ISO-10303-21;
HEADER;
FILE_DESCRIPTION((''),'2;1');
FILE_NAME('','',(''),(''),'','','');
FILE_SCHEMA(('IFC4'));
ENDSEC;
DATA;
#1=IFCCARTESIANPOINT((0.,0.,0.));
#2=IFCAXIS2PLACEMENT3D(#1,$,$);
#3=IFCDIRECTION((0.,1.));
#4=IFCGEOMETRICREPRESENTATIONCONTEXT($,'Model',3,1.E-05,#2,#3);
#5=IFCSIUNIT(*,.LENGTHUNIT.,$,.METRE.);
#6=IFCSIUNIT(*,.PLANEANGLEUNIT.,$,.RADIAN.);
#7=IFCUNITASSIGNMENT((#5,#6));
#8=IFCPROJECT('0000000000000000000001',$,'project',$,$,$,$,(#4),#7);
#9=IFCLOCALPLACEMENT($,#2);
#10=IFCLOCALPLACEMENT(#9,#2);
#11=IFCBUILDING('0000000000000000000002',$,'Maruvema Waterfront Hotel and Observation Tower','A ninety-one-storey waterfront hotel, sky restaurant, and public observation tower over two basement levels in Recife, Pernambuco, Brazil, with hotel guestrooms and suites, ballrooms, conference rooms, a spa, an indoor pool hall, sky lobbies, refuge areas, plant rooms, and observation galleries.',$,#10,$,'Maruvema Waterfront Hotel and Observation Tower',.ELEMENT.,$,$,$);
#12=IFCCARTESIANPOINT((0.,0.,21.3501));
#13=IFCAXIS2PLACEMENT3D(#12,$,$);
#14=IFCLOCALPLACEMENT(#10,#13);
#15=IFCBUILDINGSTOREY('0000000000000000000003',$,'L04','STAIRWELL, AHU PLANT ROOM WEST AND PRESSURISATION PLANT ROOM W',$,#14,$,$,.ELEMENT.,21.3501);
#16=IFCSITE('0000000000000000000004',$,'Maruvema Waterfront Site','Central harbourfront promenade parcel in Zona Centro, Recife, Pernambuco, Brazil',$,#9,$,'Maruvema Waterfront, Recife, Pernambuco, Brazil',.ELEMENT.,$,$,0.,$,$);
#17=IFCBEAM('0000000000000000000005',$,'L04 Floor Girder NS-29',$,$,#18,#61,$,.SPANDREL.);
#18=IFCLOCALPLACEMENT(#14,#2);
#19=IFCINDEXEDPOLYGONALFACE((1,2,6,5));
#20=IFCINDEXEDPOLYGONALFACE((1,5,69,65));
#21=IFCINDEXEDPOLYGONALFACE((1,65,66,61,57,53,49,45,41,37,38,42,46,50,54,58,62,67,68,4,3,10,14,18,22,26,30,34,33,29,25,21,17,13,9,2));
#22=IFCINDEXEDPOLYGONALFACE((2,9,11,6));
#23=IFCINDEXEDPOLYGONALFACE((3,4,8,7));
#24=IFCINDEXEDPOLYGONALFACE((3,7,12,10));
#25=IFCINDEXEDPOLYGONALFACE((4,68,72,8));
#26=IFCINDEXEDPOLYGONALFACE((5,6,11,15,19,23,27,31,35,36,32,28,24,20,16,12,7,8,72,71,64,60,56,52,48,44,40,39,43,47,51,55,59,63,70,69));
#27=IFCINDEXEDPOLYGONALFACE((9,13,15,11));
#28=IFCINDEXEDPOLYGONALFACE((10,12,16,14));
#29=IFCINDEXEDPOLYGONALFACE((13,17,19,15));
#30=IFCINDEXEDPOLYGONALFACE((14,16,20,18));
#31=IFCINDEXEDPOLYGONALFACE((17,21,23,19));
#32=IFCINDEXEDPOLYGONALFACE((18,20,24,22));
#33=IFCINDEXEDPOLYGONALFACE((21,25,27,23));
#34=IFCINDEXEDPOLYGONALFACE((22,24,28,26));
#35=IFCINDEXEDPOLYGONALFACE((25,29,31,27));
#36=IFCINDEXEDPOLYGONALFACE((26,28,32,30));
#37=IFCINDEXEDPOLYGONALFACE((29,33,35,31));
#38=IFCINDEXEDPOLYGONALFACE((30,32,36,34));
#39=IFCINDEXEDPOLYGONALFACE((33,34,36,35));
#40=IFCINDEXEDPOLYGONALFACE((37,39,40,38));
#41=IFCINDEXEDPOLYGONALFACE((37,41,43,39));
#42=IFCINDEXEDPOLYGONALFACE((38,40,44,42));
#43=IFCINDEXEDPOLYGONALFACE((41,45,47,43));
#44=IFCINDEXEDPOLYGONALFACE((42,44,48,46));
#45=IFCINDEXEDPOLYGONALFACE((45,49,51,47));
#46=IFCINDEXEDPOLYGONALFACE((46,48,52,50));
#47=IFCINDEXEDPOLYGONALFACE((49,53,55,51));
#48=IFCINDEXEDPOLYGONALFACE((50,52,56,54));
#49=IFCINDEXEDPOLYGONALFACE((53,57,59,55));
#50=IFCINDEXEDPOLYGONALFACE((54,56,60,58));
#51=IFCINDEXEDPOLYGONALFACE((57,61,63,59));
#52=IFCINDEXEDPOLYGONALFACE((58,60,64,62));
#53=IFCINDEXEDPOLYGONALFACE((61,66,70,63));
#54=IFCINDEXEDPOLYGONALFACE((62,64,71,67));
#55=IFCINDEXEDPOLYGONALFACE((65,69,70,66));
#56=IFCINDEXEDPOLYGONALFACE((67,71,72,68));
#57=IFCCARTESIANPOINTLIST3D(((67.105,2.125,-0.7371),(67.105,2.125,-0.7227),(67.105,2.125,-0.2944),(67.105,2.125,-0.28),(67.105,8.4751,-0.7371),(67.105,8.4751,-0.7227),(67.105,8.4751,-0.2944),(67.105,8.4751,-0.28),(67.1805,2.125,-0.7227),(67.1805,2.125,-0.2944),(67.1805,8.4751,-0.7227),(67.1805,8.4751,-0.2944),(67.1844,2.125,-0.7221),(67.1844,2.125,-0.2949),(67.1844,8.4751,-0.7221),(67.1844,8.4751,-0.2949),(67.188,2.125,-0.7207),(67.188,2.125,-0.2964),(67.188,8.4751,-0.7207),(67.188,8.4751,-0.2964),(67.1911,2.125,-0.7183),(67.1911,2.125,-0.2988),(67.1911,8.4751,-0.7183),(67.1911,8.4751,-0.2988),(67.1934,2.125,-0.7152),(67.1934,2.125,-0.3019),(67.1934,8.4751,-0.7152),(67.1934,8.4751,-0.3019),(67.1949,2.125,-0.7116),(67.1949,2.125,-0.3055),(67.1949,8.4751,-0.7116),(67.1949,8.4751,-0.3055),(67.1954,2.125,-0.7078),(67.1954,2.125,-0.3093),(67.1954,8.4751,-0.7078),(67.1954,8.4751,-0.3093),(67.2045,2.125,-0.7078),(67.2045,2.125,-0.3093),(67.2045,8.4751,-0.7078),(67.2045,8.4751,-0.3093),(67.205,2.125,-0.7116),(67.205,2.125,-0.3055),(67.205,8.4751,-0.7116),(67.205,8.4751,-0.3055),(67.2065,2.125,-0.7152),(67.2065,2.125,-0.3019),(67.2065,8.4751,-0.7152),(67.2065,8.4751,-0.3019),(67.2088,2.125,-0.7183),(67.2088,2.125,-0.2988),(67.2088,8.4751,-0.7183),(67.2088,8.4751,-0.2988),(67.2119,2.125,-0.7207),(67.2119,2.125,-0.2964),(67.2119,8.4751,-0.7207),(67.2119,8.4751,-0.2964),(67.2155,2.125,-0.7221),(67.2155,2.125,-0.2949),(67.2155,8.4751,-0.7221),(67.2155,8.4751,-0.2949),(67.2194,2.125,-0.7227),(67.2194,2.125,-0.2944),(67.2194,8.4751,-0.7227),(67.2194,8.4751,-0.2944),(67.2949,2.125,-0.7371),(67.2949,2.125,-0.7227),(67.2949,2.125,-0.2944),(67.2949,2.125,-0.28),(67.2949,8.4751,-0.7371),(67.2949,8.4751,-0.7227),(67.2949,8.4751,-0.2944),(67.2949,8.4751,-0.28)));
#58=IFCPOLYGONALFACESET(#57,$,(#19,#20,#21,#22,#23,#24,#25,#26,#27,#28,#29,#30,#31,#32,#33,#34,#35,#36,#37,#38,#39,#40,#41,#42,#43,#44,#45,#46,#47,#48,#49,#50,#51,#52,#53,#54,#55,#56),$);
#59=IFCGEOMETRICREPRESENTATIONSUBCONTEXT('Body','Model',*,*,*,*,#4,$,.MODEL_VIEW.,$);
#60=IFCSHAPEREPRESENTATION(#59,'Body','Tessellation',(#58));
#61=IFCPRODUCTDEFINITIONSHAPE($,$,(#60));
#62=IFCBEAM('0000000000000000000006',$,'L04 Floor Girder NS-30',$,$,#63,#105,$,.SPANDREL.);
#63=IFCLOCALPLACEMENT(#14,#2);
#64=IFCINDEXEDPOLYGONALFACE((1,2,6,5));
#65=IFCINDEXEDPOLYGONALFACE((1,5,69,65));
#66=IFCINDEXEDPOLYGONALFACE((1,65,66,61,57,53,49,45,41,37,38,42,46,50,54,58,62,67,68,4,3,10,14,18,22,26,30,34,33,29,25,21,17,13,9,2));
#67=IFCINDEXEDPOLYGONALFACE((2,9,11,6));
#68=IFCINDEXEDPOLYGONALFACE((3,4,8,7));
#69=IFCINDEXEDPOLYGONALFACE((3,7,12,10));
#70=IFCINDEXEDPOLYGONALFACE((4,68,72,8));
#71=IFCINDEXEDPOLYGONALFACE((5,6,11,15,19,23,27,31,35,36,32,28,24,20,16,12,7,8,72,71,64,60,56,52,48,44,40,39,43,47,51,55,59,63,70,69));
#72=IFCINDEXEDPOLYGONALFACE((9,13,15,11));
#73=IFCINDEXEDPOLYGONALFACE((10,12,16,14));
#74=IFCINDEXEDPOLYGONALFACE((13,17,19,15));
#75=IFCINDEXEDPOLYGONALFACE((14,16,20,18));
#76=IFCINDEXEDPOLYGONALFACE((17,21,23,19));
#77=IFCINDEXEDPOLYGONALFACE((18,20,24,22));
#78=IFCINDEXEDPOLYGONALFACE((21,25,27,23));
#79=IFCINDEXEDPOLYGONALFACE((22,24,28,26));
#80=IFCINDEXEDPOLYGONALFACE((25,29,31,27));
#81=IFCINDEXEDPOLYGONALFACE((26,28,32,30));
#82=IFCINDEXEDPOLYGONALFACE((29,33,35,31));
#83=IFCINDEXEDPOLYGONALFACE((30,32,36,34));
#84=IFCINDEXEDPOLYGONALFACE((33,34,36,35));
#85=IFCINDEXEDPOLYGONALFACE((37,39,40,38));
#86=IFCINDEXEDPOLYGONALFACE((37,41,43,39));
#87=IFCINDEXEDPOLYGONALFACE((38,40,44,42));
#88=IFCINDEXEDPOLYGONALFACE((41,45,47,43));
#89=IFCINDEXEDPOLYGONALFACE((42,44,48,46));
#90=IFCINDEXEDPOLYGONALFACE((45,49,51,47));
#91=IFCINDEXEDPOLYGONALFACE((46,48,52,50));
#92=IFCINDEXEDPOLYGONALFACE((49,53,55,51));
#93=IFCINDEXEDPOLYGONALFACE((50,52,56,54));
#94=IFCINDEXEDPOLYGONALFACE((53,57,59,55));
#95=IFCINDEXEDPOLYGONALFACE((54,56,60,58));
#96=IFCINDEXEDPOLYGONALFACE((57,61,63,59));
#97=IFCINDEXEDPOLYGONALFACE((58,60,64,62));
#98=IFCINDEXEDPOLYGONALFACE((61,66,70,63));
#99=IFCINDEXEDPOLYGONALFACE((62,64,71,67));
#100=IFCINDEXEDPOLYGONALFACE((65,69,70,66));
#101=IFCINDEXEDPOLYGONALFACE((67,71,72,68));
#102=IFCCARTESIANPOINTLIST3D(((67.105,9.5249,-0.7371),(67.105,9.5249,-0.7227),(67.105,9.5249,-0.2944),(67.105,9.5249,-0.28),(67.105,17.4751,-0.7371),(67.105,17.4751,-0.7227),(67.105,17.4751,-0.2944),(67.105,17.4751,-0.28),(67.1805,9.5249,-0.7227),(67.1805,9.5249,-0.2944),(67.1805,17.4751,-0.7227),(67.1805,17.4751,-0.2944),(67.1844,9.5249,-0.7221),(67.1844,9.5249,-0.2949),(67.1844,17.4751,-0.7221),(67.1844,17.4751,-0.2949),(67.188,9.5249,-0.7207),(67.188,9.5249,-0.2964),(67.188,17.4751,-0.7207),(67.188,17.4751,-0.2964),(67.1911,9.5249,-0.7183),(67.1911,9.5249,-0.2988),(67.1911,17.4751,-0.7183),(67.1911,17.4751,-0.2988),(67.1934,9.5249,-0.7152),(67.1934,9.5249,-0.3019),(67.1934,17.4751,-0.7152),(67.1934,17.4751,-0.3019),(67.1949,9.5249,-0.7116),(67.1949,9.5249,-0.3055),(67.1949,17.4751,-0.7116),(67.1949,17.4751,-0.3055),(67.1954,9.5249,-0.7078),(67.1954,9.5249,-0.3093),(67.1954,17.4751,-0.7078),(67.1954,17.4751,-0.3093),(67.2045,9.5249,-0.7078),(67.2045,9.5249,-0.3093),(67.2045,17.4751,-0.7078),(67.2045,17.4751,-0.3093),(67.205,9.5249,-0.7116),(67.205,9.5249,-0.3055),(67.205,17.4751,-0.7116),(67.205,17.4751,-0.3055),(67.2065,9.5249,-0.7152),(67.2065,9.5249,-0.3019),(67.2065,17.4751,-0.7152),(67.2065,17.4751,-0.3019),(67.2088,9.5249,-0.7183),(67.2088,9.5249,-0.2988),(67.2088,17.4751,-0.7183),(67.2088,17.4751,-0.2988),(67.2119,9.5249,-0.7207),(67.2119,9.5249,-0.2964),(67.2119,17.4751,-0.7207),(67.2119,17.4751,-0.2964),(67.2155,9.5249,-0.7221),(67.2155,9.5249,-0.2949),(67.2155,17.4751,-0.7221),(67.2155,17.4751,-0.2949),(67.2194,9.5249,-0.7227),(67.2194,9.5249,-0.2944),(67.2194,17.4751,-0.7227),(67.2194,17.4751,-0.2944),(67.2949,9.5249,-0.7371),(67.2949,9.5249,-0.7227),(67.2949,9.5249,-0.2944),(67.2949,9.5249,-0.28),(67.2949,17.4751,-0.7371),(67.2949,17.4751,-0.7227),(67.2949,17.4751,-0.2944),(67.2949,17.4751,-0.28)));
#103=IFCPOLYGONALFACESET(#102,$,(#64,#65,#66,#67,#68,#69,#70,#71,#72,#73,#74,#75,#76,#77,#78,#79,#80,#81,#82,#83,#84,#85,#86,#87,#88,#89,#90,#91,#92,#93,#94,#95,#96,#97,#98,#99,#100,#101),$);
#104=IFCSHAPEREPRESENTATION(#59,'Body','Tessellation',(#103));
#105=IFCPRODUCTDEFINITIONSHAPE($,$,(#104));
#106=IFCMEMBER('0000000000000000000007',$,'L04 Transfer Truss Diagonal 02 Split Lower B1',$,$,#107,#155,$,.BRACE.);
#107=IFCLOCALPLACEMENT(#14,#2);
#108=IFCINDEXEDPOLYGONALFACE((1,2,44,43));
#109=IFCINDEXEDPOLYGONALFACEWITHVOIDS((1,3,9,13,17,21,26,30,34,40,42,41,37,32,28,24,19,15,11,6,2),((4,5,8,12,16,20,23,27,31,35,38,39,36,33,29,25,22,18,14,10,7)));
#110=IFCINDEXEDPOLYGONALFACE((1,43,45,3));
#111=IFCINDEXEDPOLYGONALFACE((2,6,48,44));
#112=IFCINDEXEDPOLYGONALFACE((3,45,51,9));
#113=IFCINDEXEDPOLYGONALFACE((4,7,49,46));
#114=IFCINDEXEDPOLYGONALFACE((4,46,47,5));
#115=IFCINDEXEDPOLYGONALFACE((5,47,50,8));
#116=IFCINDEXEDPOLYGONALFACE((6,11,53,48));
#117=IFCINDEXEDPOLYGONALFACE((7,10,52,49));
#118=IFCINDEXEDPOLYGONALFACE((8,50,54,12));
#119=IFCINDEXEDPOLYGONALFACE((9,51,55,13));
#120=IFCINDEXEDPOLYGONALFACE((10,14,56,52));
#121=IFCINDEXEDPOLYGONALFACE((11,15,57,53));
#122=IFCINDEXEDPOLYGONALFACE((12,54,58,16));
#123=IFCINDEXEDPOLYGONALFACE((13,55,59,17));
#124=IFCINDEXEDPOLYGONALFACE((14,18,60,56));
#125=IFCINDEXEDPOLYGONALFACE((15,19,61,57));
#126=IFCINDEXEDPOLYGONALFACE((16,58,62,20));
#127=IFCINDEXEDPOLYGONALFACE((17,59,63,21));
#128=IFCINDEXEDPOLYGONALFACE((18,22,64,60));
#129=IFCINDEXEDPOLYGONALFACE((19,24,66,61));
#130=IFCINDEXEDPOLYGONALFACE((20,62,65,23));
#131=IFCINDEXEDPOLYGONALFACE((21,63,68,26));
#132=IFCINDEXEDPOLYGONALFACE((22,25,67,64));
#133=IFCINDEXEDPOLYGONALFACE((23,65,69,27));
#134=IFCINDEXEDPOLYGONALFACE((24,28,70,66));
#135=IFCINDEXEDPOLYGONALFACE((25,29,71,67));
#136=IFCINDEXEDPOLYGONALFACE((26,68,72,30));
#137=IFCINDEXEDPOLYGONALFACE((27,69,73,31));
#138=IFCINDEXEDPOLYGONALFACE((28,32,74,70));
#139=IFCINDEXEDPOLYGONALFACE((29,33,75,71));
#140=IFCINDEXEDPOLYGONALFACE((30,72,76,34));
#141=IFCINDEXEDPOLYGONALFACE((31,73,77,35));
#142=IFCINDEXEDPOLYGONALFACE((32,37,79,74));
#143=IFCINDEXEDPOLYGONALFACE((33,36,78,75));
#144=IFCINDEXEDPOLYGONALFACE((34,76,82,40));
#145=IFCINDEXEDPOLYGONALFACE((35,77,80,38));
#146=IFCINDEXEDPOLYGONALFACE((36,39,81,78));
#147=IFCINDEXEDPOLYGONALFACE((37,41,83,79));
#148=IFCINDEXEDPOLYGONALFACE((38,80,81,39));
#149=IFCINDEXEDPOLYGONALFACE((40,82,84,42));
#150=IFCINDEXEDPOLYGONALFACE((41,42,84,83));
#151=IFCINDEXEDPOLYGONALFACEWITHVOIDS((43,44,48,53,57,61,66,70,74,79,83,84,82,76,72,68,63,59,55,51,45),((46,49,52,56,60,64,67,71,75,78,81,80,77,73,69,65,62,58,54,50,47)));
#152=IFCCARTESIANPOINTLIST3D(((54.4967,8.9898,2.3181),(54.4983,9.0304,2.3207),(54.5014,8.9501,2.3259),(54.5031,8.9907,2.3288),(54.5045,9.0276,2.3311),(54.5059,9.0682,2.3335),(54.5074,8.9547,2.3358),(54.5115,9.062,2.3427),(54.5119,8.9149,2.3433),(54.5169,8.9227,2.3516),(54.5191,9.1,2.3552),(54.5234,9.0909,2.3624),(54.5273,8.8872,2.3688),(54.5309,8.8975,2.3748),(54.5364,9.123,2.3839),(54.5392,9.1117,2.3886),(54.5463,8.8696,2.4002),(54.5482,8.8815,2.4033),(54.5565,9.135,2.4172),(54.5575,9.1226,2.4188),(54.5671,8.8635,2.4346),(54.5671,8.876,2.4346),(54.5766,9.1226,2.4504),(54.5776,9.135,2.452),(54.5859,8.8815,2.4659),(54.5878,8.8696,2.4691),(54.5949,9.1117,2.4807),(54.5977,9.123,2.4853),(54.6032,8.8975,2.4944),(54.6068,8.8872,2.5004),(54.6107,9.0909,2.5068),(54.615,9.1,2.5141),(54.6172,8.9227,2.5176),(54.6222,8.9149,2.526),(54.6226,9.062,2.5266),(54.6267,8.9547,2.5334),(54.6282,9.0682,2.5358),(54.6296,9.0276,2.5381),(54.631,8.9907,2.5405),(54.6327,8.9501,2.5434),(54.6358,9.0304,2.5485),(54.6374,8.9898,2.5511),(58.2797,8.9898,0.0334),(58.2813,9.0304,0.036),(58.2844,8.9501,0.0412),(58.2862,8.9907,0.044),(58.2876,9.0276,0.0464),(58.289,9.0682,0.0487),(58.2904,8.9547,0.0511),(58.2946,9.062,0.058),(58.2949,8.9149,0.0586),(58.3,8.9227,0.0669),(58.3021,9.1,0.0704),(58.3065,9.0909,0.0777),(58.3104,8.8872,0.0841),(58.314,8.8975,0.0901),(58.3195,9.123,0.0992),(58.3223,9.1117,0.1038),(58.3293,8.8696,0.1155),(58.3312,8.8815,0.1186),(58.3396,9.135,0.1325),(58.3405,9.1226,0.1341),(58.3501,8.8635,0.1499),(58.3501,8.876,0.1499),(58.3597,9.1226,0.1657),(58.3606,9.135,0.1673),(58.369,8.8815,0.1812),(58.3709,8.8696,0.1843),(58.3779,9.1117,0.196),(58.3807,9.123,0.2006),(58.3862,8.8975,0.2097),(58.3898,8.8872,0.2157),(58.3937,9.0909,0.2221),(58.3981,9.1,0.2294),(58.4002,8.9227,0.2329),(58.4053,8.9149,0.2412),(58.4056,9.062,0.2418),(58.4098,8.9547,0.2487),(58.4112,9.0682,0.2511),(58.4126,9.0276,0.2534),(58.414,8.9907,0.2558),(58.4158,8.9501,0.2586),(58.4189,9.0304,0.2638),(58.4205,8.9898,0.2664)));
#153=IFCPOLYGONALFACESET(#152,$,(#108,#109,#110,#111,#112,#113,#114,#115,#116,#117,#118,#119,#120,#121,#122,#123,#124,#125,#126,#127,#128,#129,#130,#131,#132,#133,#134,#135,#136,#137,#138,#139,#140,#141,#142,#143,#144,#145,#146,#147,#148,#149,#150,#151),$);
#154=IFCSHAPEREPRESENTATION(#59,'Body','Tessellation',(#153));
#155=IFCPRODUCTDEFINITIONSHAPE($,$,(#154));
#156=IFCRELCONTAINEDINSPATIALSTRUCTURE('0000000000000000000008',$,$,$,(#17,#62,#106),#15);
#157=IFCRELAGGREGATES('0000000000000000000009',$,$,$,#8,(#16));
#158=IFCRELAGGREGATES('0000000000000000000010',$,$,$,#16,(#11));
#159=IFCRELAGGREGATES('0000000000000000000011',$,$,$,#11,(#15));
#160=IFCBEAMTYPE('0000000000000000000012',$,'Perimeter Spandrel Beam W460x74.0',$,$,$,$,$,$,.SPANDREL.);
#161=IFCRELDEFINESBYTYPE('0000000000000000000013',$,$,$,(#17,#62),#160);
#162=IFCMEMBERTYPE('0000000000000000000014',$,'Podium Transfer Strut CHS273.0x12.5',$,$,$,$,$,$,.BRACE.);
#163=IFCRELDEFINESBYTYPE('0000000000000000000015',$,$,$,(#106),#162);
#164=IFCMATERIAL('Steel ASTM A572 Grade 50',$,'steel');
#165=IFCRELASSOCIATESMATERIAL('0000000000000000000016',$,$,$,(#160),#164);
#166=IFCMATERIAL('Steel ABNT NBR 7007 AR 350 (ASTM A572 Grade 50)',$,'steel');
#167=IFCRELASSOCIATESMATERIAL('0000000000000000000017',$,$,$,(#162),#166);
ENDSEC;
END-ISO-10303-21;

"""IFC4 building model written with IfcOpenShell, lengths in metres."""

from ifc_helpers import new_model, si_unit, direction, frame, origin, origin_2d, place, context, subcontext, project, spatial, hollow_circle, i_section, extrude, material, material_profile, profile_set, type_object, element, save


model = new_model("IFC4")

# Units and contexts
model_context = context("Model", 3, precision=1e-05, world=origin(), true_north=direction((0.0, 1.0)))
body_context = subcontext(model_context, "Body", "Model", "MODEL_VIEW")
ifc_project = project(units=[si_unit("LENGTHUNIT", "METRE"), si_unit("PLANEANGLEUNIT", "RADIAN")], contexts=[model_context])

# Site, building, storey
site_placement = place(None, origin())
site = spatial("IfcSite", under=ifc_project, at=site_placement, Name="Maruvema Waterfront Site", Description="Central harbourfront promenade parcel in Zona Centro, Recife, Pernambuco, Brazil", LongName="Maruvema Waterfront, Recife, Pernambuco, Brazil", CompositionType="ELEMENT", RefElevation=0.0)
building_placement = place(site_placement, origin())
building = spatial("IfcBuilding", under=site, at=building_placement, Name="Maruvema Waterfront Hotel and Observation Tower", Description="A ninety-one-storey waterfront hotel, sky restaurant, and public observation tower over two basement levels in Recife, Pernambuco, Brazil, with hotel guestrooms and suites, ballrooms, conference rooms, a spa, an indoor pool hall, sky lobbies, refuge areas, plant rooms, and observation galleries.", LongName="Maruvema Waterfront Hotel and Observation Tower", CompositionType="ELEMENT")
storey_placement = place(building_placement, frame((0.0, 0.0, 21.3501)))
storey = spatial("IfcBuildingStorey", under=building, at=storey_placement, Name="L04", Description="STAIRWELL, AHU PLANT ROOM WEST AND PRESSURISATION PLANT ROOM W", CompositionType="ELEMENT", Elevation=21.3501)

# Beams
ifc_material_1 = material(Name="Steel ASTM A572 Grade 50", Category="steel")
ifc_material_profile_1 = material_profile(ifc_material_1, i_section(OverallWidth=0.1899, OverallDepth=0.457, WebThickness=0.009, FlangeThickness=0.0144, FilletRadius=0.0149, at=origin_2d()), Name="W460x74.0")
ifc_profile_set_1 = profile_set([ifc_material_profile_1], Name="Steel ASTM A572 Grade 50")
beam_type_1 = type_object("IfcBeamType", Name="Perimeter Spandrel Beam W460x74.0", PredefinedType="SPANDREL", material=ifc_profile_set_1)
beam_1_placement = place(storey_placement, frame((67.2, 2.125, -0.5085), z_axis=(0.0, 1.0, 0.0), x_axis=(-1.0, 0.0, 0.0)))
element("IfcBeam", 1, at=beam_1_placement, inside=storey, type_object=beam_type_1, Name="L04 Floor Girder NS-29", PredefinedType="SPANDREL", context=body_context, shape_type="SweptSolid", body=[
    extrude(i_section(OverallWidth=0.1899, OverallDepth=0.457, WebThickness=0.009, FlangeThickness=0.0144, FilletRadius=0.0149, at=origin_2d()), origin(), (0.0, 0.0, 1.0), 6.3501),
])
beam_2_placement = place(storey_placement, frame((67.2, 9.5249, -0.5085), z_axis=(0.0, 1.0, 0.0), x_axis=(-1.0, 0.0, 0.0)))
element("IfcBeam", 2, at=beam_2_placement, inside=storey, type_object=beam_type_1, Name="L04 Floor Girder NS-30", PredefinedType="SPANDREL", context=body_context, shape_type="SweptSolid", body=[
    extrude(i_section(OverallWidth=0.1899, OverallDepth=0.457, WebThickness=0.009, FlangeThickness=0.0144, FilletRadius=0.0149, at=origin_2d()), origin(), (0.0, 0.0, 1.0), 7.9502),
])

# Member
ifc_material_2 = material(Name="Steel ABNT NBR 7007 AR 350 (ASTM A572 Grade 50)", Category="steel")
ifc_material_profile_2 = material_profile(ifc_material_2, hollow_circle(Radius=0.1365, WallThickness=0.0125, at=origin_2d()), Name="CHS273.0x12.5")
ifc_profile_set_2 = profile_set([ifc_material_profile_2], Name="Steel ABNT NBR 7007 AR 350 (ASTM A572 Grade 50)")
member_type = type_object("IfcMemberType", Name="Podium Transfer Strut CHS273.0x12.5", PredefinedType="BRACE", material=ifc_profile_set_2)
for number, where, z_axis, x_axis, name in (
    (3, (58.3501, 9.0, 0.1499), (-0.856003, 0.0, 0.516971), (0.0, -1.0, 0.0), "L04 Transfer Truss Diagonal 02 Split Lower B1"),
):
    element("IfcMember", number, at=place(storey_placement, frame(where, z_axis=z_axis, x_axis=x_axis)), inside=storey, type_object=member_type, Name=name, PredefinedType="BRACE", context=body_context, shape_type="SweptSolid", body=[
        extrude(hollow_circle(Radius=0.1365, WallThickness=0.0125, at=origin_2d()), origin(), (0.0, 0.0, 1.0), 4.4194),
    ])

save(model, "model.ifc")
